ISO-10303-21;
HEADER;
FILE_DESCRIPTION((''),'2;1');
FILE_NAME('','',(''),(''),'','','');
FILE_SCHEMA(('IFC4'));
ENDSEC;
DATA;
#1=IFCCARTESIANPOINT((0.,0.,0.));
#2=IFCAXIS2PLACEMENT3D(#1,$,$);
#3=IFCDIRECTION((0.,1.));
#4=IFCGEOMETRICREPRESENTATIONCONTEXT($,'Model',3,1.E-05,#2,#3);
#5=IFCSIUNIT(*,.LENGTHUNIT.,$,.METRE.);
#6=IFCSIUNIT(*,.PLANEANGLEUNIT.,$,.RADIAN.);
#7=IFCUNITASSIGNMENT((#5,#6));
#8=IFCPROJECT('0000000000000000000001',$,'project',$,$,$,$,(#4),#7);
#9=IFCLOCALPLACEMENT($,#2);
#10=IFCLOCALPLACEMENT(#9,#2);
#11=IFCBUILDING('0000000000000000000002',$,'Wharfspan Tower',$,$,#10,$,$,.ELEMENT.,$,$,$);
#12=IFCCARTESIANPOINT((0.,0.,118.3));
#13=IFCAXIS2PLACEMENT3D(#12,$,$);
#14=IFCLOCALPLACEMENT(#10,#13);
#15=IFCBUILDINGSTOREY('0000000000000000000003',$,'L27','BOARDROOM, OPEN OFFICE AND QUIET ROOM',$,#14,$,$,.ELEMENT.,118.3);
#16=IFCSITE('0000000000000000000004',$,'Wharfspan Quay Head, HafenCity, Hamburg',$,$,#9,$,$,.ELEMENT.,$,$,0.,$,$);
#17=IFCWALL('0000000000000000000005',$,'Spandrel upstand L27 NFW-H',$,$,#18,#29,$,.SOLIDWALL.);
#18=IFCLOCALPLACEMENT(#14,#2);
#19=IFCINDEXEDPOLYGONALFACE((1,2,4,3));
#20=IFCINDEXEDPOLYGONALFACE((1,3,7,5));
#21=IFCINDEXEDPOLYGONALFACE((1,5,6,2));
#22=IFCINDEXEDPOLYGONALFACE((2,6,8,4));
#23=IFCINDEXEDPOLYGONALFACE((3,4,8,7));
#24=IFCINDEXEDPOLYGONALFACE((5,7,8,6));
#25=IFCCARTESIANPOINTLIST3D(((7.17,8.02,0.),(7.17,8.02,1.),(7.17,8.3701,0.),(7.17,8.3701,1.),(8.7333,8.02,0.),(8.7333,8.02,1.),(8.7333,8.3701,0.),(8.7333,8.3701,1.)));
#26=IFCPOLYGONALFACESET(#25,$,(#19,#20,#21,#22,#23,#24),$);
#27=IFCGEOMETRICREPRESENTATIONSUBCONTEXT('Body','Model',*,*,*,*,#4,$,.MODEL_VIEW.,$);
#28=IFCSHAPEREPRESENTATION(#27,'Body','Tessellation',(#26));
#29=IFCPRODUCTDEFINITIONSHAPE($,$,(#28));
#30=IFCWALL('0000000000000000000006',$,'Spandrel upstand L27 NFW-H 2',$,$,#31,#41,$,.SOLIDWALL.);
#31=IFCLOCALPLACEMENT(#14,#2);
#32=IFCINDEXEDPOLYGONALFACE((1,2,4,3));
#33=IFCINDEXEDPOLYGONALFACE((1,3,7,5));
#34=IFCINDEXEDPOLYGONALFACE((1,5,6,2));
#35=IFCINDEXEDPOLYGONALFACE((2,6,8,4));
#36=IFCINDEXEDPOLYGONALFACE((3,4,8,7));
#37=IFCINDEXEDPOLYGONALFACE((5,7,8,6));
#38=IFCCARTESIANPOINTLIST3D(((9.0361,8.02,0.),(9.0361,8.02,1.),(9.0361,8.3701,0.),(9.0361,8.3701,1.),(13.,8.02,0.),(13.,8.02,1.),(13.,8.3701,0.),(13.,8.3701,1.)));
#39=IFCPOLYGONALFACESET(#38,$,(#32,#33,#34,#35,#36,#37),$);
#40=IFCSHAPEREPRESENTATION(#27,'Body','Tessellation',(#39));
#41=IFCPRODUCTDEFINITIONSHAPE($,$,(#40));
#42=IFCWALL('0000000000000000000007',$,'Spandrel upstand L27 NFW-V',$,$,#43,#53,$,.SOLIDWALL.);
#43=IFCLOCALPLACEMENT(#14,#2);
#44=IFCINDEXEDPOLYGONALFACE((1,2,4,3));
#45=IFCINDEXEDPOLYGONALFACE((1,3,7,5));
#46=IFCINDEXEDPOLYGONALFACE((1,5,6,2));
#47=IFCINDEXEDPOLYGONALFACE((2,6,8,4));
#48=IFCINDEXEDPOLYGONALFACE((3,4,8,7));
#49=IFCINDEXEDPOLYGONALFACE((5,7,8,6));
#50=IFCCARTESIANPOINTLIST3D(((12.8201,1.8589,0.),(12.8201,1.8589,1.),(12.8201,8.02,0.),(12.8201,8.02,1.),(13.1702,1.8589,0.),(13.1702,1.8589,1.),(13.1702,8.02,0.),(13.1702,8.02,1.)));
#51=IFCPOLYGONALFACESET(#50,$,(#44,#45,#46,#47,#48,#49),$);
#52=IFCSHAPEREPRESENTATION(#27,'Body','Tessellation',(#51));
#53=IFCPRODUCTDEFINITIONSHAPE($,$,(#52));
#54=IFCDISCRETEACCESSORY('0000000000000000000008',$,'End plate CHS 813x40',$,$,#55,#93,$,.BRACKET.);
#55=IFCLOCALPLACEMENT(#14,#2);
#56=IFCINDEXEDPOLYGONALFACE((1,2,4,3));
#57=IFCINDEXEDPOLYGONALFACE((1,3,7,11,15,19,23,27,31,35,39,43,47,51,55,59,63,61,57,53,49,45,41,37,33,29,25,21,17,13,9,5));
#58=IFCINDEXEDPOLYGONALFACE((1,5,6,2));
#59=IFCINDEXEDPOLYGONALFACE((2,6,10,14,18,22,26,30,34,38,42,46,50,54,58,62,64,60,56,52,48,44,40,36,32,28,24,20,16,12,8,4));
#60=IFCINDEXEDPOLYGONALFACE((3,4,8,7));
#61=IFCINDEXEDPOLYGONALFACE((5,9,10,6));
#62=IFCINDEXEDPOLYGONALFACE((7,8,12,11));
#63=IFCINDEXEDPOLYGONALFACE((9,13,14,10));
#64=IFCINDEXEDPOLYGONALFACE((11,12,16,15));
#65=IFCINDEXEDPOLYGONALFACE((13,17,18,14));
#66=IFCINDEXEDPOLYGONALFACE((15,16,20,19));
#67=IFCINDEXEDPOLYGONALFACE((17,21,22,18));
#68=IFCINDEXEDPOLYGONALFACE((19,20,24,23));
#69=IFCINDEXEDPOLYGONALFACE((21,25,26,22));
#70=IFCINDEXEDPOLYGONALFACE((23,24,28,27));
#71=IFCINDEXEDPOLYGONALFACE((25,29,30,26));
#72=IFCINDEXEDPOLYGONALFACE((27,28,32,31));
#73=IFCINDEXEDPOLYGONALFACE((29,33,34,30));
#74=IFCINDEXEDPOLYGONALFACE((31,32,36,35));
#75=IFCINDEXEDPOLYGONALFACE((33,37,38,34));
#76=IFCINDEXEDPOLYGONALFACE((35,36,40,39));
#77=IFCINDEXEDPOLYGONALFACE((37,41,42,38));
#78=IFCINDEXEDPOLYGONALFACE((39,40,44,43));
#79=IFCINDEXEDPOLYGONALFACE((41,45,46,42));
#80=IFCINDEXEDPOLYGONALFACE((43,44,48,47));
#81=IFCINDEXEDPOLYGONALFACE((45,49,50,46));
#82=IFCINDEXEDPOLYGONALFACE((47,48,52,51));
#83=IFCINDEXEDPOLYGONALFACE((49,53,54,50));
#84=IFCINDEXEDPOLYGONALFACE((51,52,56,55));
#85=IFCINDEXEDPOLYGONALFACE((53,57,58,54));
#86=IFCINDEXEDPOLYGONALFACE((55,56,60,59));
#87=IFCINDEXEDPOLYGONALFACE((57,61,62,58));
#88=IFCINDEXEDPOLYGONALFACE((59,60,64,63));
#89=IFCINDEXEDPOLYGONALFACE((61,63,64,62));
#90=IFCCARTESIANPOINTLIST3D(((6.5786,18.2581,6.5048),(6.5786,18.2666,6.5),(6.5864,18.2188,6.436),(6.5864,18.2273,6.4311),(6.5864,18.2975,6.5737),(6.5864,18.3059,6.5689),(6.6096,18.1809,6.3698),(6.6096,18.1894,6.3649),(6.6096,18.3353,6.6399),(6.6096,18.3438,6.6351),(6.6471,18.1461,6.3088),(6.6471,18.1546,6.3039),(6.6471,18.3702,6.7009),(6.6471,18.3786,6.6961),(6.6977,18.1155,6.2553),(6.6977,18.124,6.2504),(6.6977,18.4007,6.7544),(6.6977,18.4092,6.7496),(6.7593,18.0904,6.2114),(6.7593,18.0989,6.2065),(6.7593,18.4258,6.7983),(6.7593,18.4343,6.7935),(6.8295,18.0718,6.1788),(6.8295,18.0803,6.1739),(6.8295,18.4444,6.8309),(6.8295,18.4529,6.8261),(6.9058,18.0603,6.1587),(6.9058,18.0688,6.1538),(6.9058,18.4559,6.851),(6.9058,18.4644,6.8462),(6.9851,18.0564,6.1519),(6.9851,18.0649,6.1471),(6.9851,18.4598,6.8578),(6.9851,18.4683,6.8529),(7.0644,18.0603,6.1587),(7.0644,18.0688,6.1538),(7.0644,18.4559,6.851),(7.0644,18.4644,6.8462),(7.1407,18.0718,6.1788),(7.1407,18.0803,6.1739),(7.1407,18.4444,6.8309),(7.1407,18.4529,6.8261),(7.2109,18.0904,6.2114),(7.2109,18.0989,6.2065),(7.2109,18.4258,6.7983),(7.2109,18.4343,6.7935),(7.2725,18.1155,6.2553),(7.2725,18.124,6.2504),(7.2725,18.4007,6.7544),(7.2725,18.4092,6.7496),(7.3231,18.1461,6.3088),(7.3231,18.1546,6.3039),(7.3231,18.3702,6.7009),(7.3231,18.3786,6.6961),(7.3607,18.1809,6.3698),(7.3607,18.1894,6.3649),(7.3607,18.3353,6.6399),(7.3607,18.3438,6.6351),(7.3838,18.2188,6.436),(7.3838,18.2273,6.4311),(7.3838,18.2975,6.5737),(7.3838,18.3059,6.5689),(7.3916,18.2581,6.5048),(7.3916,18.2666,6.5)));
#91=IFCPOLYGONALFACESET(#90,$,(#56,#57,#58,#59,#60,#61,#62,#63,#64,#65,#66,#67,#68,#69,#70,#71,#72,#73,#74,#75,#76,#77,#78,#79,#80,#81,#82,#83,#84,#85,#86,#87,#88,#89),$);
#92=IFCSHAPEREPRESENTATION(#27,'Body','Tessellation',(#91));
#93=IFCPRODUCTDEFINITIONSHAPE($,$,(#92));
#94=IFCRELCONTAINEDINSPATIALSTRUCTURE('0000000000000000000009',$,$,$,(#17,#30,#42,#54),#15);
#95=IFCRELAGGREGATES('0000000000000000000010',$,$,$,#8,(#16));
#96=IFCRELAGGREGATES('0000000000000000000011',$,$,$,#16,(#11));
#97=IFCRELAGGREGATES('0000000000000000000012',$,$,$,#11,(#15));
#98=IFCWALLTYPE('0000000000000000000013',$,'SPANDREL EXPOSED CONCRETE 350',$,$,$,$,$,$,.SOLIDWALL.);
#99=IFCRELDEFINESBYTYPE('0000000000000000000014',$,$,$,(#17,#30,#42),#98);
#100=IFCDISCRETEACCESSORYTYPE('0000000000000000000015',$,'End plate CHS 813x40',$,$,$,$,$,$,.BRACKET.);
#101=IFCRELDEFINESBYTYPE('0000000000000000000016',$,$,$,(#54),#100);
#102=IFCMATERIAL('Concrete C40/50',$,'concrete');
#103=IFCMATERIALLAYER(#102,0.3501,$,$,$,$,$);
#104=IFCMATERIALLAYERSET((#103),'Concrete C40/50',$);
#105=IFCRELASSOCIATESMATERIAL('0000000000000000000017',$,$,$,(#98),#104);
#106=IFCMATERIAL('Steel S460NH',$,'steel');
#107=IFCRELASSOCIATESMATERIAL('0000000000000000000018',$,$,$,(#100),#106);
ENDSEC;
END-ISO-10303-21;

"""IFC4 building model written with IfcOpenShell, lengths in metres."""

from ifc_helpers import new_model, si_unit, direction, frame, frame_2d, origin, origin_2d, place, context, subcontext, project, spatial, rectangle, circle, extrude, material, layer, layer_set, material_profile, profile_set, type_object, element, save


model = new_model("IFC4")

# Units and contexts
model_context = context("Model", 3, precision=1e-05, world=origin(), true_north=direction((0.0, 1.0)))
body_context = subcontext(model_context, "Body", "Model", "MODEL_VIEW")
ifc_project = project(units=[si_unit("LENGTHUNIT", "METRE"), si_unit("PLANEANGLEUNIT", "RADIAN")], contexts=[model_context])

# Site, building, storey
site_placement = place(None, origin())
site = spatial("IfcSite", under=ifc_project, at=site_placement, Name="Wharfspan Quay Head, HafenCity, Hamburg", CompositionType="ELEMENT", RefElevation=0.0)
building_placement = place(site_placement, origin())
building = spatial("IfcBuilding", under=site, at=building_placement, Name="Wharfspan Tower", CompositionType="ELEMENT")
storey_placement = place(building_placement, frame((0.0, 0.0, 118.3)))
storey = spatial("IfcBuildingStorey", under=building, at=storey_placement, Name="L27", Description="BOARDROOM, OPEN OFFICE AND QUIET ROOM", CompositionType="ELEMENT", Elevation=118.3)

# Shared definitions
ifc_material_1 = material(Name="Concrete C40/50", Category="concrete")

# Walls
ifc_layer_1 = layer(ifc_material_1, 0.3501)
ifc_layer_set_1 = layer_set([ifc_layer_1], Name="Concrete C40/50")
wall_type_1 = type_object("IfcWallType", Name="SPANDREL EXPOSED CONCRETE 350", PredefinedType="SOLIDWALL", material=ifc_layer_set_1)
wall_1_placement = place(storey_placement, frame((7.1699, 8.1951, 0.0), z_axis=(0.0, 0.0, 1.0), x_axis=(1.0, 0.0, 0.0)))
element("IfcWall", 1, at=wall_1_placement, inside=storey, type_object=wall_type_1, Name="Spandrel upstand L27 NFW-H", PredefinedType="SOLIDWALL", context=body_context, shape_type="SweptSolid", body=[
    extrude(rectangle(XDim=1.5632, YDim=0.3501, at=frame_2d((0.7817, 0.0))), origin(), (0.0, 0.0, 1.0), 1.0),
])
wall_2_placement = place(storey_placement, frame((9.0361, 8.1951, 0.0), z_axis=(0.0, 0.0, 1.0), x_axis=(1.0, 0.0, 0.0)))
element("IfcWall", 2, at=wall_2_placement, inside=storey, type_object=wall_type_1, Name="Spandrel upstand L27 NFW-H 2", PredefinedType="SOLIDWALL", context=body_context, shape_type="SweptSolid", body=[
    extrude(rectangle(XDim=3.9639, YDim=0.3501, at=frame_2d((1.9819, 0.0))), origin(), (0.0, 0.0, 1.0), 1.0),
])
wall_3_placement = place(storey_placement, frame((12.9951, 8.02, 0.0), z_axis=(0.0, 0.0, 1.0), x_axis=(0.0, -1.0, 0.0)))
element("IfcWall", 3, at=wall_3_placement, inside=storey, type_object=wall_type_1, Name="Spandrel upstand L27 NFW-V", PredefinedType="SOLIDWALL", context=body_context, shape_type="SweptSolid", body=[
    extrude(rectangle(XDim=6.1611, YDim=0.3501, at=frame_2d((3.0806, 0.0))), origin(), (0.0, 0.0, 1.0), 1.0),
])

# Discrete accessory
ifc_material_2 = material(Name="Steel S460NH", Category="steel")
ifc_material_profile_1 = material_profile(ifc_material_2, circle(Radius=0.4065, at=origin_2d()))
ifc_profile_set_1 = profile_set([ifc_material_profile_1], Name="Steel S460NH")
discrete_accessory_type = type_object("IfcDiscreteAccessoryType", Name="End plate CHS 813x40", PredefinedType="BRACKET", material=ifc_profile_set_1)
discrete_accessory_placement = place(storey_placement, frame((6.9851, 18.2666, 6.5), z_axis=(0.0, -0.868243, 0.496139), x_axis=(1.0, 0.0, 0.0)))
element("IfcDiscreteAccessory", 4, at=discrete_accessory_placement, inside=storey, type_object=discrete_accessory_type, Name="End plate CHS 813x40", PredefinedType="BRACKET", context=body_context, shape_type="SweptSolid", body=[
    extrude(circle(Radius=0.4065, at=origin_2d()), origin(), (0.0, 0.0, 1.0), 0.0098),
])

save(model, "model.ifc")
